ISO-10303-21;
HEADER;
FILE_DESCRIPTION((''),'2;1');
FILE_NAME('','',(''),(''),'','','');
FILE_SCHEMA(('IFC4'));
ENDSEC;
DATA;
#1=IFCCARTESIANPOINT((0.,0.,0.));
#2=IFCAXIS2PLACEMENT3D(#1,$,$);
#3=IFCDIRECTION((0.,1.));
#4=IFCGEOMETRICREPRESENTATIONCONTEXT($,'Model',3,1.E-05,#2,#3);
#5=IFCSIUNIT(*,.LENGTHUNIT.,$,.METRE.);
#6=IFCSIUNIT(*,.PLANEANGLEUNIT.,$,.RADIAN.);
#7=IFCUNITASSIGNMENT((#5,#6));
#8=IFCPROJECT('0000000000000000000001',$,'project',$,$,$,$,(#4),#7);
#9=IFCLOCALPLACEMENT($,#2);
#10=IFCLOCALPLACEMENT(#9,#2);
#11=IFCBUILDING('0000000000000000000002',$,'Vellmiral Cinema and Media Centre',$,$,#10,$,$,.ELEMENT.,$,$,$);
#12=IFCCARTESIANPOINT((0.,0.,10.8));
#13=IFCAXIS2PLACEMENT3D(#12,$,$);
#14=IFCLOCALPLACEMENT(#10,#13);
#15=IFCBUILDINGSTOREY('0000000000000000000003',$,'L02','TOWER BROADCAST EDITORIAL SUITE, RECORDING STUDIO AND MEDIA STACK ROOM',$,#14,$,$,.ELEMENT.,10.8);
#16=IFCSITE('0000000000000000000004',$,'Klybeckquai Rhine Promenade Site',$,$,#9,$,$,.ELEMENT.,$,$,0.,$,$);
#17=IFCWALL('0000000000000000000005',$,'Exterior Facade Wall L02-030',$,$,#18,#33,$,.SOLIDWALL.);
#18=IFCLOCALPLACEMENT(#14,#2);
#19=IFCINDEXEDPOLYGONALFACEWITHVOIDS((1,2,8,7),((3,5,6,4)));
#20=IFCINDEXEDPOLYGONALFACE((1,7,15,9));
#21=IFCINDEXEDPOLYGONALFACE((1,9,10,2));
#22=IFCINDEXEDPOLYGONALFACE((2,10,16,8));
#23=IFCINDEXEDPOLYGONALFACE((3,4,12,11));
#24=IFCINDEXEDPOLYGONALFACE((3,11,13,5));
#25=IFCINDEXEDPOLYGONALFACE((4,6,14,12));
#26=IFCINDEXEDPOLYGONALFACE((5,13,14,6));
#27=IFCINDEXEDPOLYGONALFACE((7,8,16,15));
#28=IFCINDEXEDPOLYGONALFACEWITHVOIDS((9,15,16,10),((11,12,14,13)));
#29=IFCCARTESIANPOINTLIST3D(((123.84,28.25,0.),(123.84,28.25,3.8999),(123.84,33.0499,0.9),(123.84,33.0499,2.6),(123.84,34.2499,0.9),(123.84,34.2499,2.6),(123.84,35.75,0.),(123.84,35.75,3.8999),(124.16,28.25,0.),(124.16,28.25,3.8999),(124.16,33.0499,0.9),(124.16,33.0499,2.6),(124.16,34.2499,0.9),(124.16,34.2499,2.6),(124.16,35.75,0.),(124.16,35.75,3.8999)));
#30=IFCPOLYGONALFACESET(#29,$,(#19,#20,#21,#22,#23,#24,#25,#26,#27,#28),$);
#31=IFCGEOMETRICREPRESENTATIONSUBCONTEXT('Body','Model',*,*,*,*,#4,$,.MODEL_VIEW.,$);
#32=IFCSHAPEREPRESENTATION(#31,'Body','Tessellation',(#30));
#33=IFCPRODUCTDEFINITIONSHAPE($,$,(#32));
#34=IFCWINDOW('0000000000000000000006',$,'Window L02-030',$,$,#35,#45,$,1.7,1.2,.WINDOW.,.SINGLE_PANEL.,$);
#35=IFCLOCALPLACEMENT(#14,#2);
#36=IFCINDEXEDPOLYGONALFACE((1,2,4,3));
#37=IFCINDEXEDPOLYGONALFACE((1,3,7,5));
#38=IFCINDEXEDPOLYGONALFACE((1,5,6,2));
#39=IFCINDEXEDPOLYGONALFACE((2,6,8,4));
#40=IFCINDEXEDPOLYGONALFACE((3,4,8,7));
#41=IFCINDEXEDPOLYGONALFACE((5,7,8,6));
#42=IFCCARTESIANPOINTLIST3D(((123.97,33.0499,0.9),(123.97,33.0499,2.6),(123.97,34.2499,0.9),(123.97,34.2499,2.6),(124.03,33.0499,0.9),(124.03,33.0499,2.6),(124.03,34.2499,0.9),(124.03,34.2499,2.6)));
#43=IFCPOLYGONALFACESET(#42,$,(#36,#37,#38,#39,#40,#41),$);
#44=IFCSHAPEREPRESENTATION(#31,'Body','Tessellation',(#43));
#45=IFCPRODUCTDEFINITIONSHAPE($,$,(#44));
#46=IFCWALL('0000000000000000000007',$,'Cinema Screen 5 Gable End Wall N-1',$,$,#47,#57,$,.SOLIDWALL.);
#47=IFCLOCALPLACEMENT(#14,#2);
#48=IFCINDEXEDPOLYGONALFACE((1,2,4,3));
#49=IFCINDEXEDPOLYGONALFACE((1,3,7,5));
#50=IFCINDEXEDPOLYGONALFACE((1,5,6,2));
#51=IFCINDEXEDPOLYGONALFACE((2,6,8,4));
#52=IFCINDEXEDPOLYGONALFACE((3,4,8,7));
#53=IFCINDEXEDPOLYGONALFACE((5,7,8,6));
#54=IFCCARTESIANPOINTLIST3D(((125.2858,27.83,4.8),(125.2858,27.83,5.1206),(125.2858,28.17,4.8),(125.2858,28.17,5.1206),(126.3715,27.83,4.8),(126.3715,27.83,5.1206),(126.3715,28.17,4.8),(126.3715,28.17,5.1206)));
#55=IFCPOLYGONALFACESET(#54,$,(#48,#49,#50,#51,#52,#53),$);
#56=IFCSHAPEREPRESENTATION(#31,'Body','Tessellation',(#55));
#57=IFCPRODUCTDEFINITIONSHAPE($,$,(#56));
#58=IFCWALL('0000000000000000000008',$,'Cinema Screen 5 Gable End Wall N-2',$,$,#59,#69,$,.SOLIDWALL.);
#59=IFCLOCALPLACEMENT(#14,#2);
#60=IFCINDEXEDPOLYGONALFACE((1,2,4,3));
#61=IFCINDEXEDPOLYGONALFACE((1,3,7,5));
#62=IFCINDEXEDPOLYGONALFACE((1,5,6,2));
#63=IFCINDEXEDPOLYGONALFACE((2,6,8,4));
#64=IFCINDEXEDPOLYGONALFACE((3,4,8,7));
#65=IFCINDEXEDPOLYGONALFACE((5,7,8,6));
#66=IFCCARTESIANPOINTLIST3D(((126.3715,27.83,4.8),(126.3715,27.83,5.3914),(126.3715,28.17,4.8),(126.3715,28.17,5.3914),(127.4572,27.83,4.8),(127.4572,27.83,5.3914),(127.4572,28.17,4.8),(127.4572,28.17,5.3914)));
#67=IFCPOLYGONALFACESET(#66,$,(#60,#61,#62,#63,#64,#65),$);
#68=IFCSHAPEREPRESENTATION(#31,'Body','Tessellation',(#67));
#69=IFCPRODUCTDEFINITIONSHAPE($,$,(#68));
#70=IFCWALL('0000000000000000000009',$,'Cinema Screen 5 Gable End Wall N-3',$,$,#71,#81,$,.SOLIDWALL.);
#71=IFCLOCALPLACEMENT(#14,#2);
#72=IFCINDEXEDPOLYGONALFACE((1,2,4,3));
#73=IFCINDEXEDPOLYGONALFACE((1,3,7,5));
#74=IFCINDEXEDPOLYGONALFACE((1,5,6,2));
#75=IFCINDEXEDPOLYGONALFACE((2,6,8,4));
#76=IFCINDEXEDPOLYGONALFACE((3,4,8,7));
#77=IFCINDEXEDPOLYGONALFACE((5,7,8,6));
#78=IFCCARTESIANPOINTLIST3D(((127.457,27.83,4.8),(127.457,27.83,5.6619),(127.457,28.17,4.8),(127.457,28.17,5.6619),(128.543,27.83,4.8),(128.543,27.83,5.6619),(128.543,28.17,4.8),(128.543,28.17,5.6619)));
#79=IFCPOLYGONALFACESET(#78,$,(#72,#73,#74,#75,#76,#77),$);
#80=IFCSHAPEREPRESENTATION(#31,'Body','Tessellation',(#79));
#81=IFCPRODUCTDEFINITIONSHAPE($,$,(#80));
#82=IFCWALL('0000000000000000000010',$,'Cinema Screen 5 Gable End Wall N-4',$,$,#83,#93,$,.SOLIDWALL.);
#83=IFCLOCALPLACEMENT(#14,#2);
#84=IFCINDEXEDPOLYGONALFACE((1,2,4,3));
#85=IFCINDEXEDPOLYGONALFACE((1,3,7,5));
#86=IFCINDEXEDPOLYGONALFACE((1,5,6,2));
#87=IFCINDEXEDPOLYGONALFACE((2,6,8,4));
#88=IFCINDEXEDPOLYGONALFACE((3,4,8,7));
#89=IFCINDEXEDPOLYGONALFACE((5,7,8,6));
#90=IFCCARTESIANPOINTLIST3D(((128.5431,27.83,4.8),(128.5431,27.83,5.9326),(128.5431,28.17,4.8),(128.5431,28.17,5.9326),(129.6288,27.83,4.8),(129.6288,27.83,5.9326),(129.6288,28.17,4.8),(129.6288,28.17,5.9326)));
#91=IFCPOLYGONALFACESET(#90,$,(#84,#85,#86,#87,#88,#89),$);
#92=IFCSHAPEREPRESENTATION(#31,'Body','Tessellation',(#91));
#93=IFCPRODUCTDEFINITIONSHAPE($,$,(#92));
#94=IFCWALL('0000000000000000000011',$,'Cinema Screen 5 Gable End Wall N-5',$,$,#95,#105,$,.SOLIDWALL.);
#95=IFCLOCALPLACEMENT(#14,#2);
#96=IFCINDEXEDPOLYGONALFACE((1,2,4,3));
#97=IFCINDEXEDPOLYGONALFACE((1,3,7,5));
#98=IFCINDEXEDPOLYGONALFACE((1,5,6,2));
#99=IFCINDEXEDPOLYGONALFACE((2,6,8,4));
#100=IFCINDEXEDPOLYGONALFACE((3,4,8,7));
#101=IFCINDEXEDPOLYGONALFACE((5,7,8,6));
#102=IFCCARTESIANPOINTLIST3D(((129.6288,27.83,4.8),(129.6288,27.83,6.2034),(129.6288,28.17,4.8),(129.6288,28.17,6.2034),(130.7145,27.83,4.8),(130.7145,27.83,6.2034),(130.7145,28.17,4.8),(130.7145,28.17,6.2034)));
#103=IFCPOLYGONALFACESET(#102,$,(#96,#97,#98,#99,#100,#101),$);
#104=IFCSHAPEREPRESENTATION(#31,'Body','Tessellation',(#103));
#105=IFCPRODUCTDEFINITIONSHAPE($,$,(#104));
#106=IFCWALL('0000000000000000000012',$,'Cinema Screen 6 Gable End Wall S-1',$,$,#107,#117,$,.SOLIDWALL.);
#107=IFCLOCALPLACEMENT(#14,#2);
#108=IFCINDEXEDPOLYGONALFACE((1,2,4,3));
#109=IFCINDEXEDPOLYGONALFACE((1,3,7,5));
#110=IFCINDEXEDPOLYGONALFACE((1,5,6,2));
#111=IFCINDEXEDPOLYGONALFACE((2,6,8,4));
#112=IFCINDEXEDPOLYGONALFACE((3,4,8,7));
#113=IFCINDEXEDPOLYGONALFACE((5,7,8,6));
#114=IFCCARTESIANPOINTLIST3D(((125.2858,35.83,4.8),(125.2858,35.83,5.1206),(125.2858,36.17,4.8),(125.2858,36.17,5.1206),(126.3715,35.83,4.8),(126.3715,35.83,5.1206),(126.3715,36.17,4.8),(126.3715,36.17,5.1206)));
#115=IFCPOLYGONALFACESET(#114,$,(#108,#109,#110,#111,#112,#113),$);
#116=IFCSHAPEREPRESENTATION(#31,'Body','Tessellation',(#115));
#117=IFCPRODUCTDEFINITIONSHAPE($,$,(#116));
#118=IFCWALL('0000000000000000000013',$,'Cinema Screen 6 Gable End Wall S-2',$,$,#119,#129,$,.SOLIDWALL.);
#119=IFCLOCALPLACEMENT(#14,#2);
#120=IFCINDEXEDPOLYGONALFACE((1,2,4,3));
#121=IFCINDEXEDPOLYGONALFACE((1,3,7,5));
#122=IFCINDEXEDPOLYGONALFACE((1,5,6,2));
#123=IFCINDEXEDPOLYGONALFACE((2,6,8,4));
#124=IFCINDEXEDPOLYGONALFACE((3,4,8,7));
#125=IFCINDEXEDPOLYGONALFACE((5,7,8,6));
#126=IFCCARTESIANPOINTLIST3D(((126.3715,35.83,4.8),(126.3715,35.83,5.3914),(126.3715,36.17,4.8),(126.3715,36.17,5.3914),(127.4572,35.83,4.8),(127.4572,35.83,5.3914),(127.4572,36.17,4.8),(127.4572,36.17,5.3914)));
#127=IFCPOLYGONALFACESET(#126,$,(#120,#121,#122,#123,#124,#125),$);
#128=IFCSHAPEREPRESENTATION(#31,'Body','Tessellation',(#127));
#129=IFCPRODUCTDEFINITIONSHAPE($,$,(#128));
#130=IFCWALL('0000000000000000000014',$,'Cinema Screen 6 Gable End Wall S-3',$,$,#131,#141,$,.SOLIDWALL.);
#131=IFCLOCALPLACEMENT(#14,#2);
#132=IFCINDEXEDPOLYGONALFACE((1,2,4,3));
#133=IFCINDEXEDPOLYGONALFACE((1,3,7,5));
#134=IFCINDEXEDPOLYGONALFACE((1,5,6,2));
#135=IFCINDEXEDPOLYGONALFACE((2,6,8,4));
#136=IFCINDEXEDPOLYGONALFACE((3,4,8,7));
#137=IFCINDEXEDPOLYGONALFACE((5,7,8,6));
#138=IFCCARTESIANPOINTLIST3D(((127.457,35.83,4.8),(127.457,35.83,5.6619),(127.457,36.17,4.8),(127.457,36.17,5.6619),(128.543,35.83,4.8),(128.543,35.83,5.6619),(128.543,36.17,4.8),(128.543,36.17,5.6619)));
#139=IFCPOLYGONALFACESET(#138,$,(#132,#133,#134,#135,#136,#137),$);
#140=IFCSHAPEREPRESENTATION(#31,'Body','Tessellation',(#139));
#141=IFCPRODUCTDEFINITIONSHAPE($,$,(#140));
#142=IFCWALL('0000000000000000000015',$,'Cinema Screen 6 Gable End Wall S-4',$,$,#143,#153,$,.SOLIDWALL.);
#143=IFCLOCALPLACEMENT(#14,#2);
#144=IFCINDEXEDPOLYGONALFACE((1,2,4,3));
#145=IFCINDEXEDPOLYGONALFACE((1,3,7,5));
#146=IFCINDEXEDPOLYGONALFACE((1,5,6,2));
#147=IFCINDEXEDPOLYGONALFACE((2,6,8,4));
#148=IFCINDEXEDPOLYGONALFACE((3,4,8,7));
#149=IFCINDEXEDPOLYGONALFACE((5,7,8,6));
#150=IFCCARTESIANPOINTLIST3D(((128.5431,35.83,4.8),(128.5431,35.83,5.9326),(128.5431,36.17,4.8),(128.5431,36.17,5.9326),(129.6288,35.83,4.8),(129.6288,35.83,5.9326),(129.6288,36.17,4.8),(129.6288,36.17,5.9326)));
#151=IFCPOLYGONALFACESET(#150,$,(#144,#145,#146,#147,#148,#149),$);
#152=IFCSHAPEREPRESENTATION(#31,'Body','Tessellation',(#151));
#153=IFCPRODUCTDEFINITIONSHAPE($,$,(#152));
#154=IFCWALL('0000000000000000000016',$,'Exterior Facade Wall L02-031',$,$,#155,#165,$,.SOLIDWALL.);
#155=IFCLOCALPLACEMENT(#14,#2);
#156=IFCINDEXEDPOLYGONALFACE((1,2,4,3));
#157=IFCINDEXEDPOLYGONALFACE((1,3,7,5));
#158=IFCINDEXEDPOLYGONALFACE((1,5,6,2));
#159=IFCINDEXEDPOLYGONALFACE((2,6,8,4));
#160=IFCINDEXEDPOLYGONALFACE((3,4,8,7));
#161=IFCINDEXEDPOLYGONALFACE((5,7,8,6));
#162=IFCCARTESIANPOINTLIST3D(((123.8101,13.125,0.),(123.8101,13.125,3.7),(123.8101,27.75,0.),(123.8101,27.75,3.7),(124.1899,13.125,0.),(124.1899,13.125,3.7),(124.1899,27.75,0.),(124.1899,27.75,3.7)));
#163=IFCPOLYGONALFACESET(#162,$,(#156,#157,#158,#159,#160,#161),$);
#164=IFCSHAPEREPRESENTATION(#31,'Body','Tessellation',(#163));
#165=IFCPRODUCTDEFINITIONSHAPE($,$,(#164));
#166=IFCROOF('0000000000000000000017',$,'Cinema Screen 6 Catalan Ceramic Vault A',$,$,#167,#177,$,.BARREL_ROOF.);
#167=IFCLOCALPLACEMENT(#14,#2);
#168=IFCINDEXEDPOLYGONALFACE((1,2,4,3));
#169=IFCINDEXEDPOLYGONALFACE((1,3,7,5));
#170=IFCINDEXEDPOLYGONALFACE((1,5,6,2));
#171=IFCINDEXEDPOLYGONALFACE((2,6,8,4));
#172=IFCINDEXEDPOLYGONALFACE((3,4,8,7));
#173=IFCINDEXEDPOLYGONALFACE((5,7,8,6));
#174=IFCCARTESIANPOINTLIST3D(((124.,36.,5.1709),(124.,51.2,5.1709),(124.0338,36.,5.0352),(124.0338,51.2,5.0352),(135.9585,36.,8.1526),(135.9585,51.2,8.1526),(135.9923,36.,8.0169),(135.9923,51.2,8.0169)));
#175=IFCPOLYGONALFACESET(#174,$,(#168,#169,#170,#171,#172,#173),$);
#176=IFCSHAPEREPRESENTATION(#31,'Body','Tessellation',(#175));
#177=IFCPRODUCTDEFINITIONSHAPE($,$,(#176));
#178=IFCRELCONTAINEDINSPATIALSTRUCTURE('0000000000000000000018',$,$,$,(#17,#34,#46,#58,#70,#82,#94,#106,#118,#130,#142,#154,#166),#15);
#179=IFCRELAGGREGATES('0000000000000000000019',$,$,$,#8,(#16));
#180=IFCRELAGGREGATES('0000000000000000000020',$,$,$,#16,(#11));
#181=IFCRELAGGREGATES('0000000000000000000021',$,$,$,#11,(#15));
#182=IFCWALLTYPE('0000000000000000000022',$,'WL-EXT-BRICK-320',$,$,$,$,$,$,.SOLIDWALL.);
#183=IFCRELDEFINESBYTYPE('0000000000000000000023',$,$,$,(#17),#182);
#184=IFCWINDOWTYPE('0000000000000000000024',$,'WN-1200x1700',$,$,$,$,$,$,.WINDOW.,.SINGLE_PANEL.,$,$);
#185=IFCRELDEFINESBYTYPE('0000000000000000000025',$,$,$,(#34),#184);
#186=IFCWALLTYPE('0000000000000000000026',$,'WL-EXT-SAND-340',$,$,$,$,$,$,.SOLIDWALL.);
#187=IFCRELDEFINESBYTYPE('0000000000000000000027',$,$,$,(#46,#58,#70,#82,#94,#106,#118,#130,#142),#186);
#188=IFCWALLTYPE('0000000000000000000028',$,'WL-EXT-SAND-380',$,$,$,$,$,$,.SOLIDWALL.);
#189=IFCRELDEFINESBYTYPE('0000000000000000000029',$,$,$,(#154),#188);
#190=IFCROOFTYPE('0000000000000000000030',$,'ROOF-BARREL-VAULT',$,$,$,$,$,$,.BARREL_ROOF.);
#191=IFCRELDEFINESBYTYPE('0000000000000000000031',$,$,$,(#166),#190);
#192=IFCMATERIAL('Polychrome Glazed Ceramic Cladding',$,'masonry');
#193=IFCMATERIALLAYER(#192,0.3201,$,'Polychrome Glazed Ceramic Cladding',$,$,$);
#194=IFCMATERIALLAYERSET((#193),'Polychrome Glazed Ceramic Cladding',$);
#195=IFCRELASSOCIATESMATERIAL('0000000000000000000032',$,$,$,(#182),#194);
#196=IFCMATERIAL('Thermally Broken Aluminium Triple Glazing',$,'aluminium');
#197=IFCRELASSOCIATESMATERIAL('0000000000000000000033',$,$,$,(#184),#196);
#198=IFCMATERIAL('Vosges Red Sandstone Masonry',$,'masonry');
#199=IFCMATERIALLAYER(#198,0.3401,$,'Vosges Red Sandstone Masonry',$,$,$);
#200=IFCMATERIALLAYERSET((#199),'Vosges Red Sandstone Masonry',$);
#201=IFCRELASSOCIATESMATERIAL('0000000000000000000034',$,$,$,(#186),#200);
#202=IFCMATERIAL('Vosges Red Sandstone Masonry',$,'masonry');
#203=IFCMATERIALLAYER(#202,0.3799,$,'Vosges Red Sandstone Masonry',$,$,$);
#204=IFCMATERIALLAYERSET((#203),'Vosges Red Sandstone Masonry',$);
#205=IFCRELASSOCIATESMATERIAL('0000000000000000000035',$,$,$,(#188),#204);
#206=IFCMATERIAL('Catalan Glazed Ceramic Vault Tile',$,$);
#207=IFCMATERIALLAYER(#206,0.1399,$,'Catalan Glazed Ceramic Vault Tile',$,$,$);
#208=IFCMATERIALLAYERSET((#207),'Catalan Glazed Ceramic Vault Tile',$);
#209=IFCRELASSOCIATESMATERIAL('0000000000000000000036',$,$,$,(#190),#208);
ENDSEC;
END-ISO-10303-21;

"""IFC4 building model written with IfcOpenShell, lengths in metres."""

from ifc_helpers import new_model, si_unit, direction, frame, frame_2d, origin, place, context, subcontext, project, spatial, polyline, rectangle, outline, extrude, material, layer, layer_set, type_object, element, fill, save


model = new_model("IFC4")

# Units and contexts
model_context = context("Model", 3, precision=1e-05, world=origin(), true_north=direction((0.0, 1.0)))
body_context = subcontext(model_context, "Body", "Model", "MODEL_VIEW")
ifc_project = project(units=[si_unit("LENGTHUNIT", "METRE"), si_unit("PLANEANGLEUNIT", "RADIAN")], contexts=[model_context])

# Site, building, storey
site_placement = place(None, origin())
site = spatial("IfcSite", under=ifc_project, at=site_placement, Name="Klybeckquai Rhine Promenade Site", CompositionType="ELEMENT", RefElevation=0.0)
building_placement = place(site_placement, origin())
building = spatial("IfcBuilding", under=site, at=building_placement, Name="Vellmiral Cinema and Media Centre", CompositionType="ELEMENT")
storey_placement = place(building_placement, frame((0.0, 0.0, 10.8)))
storey = spatial("IfcBuildingStorey", under=building, at=storey_placement, Name="L02", Description="TOWER BROADCAST EDITORIAL SUITE, RECORDING STUDIO AND MEDIA STACK ROOM", CompositionType="ELEMENT", Elevation=10.8)

# Wall, opening, window
ifc_material_1 = material(Name="Polychrome Glazed Ceramic Cladding", Category="masonry")
ifc_layer_1 = layer(ifc_material_1, 0.3201, Name="Polychrome Glazed Ceramic Cladding")
ifc_layer_set_1 = layer_set([ifc_layer_1], Name="Polychrome Glazed Ceramic Cladding")
wall_type_1 = type_object("IfcWallType", Name="WL-EXT-BRICK-320", PredefinedType="SOLIDWALL", material=ifc_layer_set_1)
wall_1_placement = place(storey_placement, frame((124.0, 35.75, 0.0), z_axis=(0.0, 0.0, 1.0), x_axis=(0.0, -1.0, 0.0)))
wall_1 = element("IfcWall", 1, at=wall_1_placement, inside=storey, type_object=wall_type_1, Name="Exterior Facade Wall L02-030", PredefinedType="SOLIDWALL", context=body_context, shape_type="SweptSolid", body=[
    extrude(rectangle(XDim=7.5, YDim=0.3201, at=frame_2d((3.75, 0.0))), origin(), (0.0, 0.0, 1.0), 3.8999),
])
opening_placement = place(wall_1_placement, frame((1.5, 0.0, 0.8999)))
opening = element("IfcOpeningElement", 2, at=opening_placement, cuts=wall_1, PredefinedType="OPENING", context=body_context, shape_type="SweptSolid", body=[
    extrude(rectangle(XDim=1.2, YDim=1.7, at=frame_2d((0.6001, 0.8501))), frame((0.0, 0.1719, 0.0), z_axis=(0.0, -1.0, 0.0), x_axis=(1.0, 0.0, 0.0)), (0.0, 0.0, 1.0), 0.344),
])
ifc_material_2 = material(Name="Thermally Broken Aluminium Triple Glazing", Category="aluminium")
window_type = type_object("IfcWindowType", Name="WN-1200x1700", PartitioningType="SINGLE_PANEL", PredefinedType="WINDOW", material=ifc_material_2)
window_placement = place(opening_placement, origin())
window = element("IfcWindow", 3, at=window_placement, inside=storey, type_object=window_type, Name="Window L02-030", OverallHeight=1.7, OverallWidth=1.2, PartitioningType="SINGLE_PANEL", PredefinedType="WINDOW", context=body_context, shape_type="SweptSolid", body=[
    extrude(rectangle(XDim=1.2, YDim=1.7, at=frame_2d((0.6001, 0.8501))), frame((0.0, 0.03, 0.0), z_axis=(0.0, -1.0, 0.0), x_axis=(1.0, 0.0, 0.0)), (0.0, 0.0, 1.0), 0.0601),
])
fill(opening, window)

# Walls
ifc_material_3 = material(Name="Vosges Red Sandstone Masonry", Category="masonry")
ifc_layer_2 = layer(ifc_material_3, 0.3401, Name="Vosges Red Sandstone Masonry")
ifc_layer_set_2 = layer_set([ifc_layer_2], Name="Vosges Red Sandstone Masonry")
wall_type_2 = type_object("IfcWallType", Name="WL-EXT-SAND-340", PredefinedType="SOLIDWALL", material=ifc_layer_set_2)
wall_2_placement = place(storey_placement, frame((125.2856, 28.0, 4.8), z_axis=(0.0, 0.0, 1.0), x_axis=(1.0, 0.0, 0.0)))
element("IfcWall", 4, at=wall_2_placement, inside=storey, type_object=wall_type_2, Name="Cinema Screen 5 Gable End Wall N-1", PredefinedType="SOLIDWALL", context=body_context, shape_type="SweptSolid", body=[
    extrude(rectangle(XDim=1.0857, YDim=0.3401, at=frame_2d((0.543, 0.0))), origin(), (0.0, 0.0, 1.0), 0.3206),
])
wall_3_placement = place(storey_placement, frame((126.3713, 28.0, 4.8), z_axis=(0.0, 0.0, 1.0), x_axis=(1.0, 0.0, 0.0)))
element("IfcWall", 5, at=wall_3_placement, inside=storey, type_object=wall_type_2, Name="Cinema Screen 5 Gable End Wall N-2", PredefinedType="SOLIDWALL", context=body_context, shape_type="SweptSolid", body=[
    extrude(rectangle(XDim=1.0857, YDim=0.3401, at=frame_2d((0.543, 0.0))), origin(), (0.0, 0.0, 1.0), 0.5913),
])
wall_4_placement = place(storey_placement, frame((127.457, 28.0, 4.8), z_axis=(0.0, 0.0, 1.0), x_axis=(1.0, 0.0, 0.0)))
element("IfcWall", 6, at=wall_4_placement, inside=storey, type_object=wall_type_2, Name="Cinema Screen 5 Gable End Wall N-3", PredefinedType="SOLIDWALL", context=body_context, shape_type="SweptSolid", body=[
    extrude(rectangle(XDim=1.0859, YDim=0.3401, at=frame_2d((0.543, 0.0))), origin(), (0.0, 0.0, 1.0), 0.8618),
])
wall_5_placement = place(storey_placement, frame((128.543, 28.0, 4.8), z_axis=(0.0, 0.0, 1.0), x_axis=(1.0, 0.0, 0.0)))
element("IfcWall", 7, at=wall_5_placement, inside=storey, type_object=wall_type_2, Name="Cinema Screen 5 Gable End Wall N-4", PredefinedType="SOLIDWALL", context=body_context, shape_type="SweptSolid", body=[
    extrude(rectangle(XDim=1.0857, YDim=0.3401, at=frame_2d((0.543, 0.0))), origin(), (0.0, 0.0, 1.0), 1.1326),
])
wall_6_placement = place(storey_placement, frame((129.6287, 28.0, 4.8), z_axis=(0.0, 0.0, 1.0), x_axis=(1.0, 0.0, 0.0)))
element("IfcWall", 8, at=wall_6_placement, inside=storey, type_object=wall_type_2, Name="Cinema Screen 5 Gable End Wall N-5", PredefinedType="SOLIDWALL", context=body_context, shape_type="SweptSolid", body=[
    extrude(rectangle(XDim=1.0857, YDim=0.3401, at=frame_2d((0.543, 0.0))), origin(), (0.0, 0.0, 1.0), 1.4033),
])
wall_7_placement = place(storey_placement, frame((125.2856, 36.0, 4.8), z_axis=(0.0, 0.0, 1.0), x_axis=(1.0, 0.0, 0.0)))
element("IfcWall", 9, at=wall_7_placement, inside=storey, type_object=wall_type_2, Name="Cinema Screen 6 Gable End Wall S-1", PredefinedType="SOLIDWALL", context=body_context, shape_type="SweptSolid", body=[
    extrude(rectangle(XDim=1.0857, YDim=0.3401, at=frame_2d((0.543, 0.0))), origin(), (0.0, 0.0, 1.0), 0.3206),
])
wall_8_placement = place(storey_placement, frame((126.3713, 36.0, 4.8), z_axis=(0.0, 0.0, 1.0), x_axis=(1.0, 0.0, 0.0)))
element("IfcWall", 10, at=wall_8_placement, inside=storey, type_object=wall_type_2, Name="Cinema Screen 6 Gable End Wall S-2", PredefinedType="SOLIDWALL", context=body_context, shape_type="SweptSolid", body=[
    extrude(rectangle(XDim=1.0857, YDim=0.3401, at=frame_2d((0.543, 0.0))), origin(), (0.0, 0.0, 1.0), 0.5913),
])
wall_9_placement = place(storey_placement, frame((127.457, 36.0, 4.8), z_axis=(0.0, 0.0, 1.0), x_axis=(1.0, 0.0, 0.0)))
element("IfcWall", 11, at=wall_9_placement, inside=storey, type_object=wall_type_2, Name="Cinema Screen 6 Gable End Wall S-3", PredefinedType="SOLIDWALL", context=body_context, shape_type="SweptSolid", body=[
    extrude(rectangle(XDim=1.0859, YDim=0.3401, at=frame_2d((0.543, 0.0))), origin(), (0.0, 0.0, 1.0), 0.8618),
])
wall_10_placement = place(storey_placement, frame((128.543, 36.0, 4.8), z_axis=(0.0, 0.0, 1.0), x_axis=(1.0, 0.0, 0.0)))
element("IfcWall", 12, at=wall_10_placement, inside=storey, type_object=wall_type_2, Name="Cinema Screen 6 Gable End Wall S-4", PredefinedType="SOLIDWALL", context=body_context, shape_type="SweptSolid", body=[
    extrude(rectangle(XDim=1.0857, YDim=0.3401, at=frame_2d((0.543, 0.0))), origin(), (0.0, 0.0, 1.0), 1.1326),
])
ifc_material_4 = material(Name="Vosges Red Sandstone Masonry", Category="masonry")
ifc_layer_3 = layer(ifc_material_4, 0.3799, Name="Vosges Red Sandstone Masonry")
ifc_layer_set_3 = layer_set([ifc_layer_3], Name="Vosges Red Sandstone Masonry")
wall_type_3 = type_object("IfcWallType", Name="WL-EXT-SAND-380", PredefinedType="SOLIDWALL", material=ifc_layer_set_3)
wall_11_placement = place(storey_placement, frame((124.0, 27.75, 0.0), z_axis=(0.0, 0.0, 1.0), x_axis=(0.0, -1.0, 0.0)))
element("IfcWall", 13, at=wall_11_placement, inside=storey, type_object=wall_type_3, Name="Exterior Facade Wall L02-031", PredefinedType="SOLIDWALL", context=body_context, shape_type="SweptSolid", body=[
    extrude(rectangle(XDim=14.625, YDim=0.3799, at=frame_2d((7.3125, 0.0))), origin(), (0.0, 0.0, 1.0), 3.7),
])

# Roof
ifc_material_5 = material(Name="Catalan Glazed Ceramic Vault Tile")
ifc_layer_4 = layer(ifc_material_5, 0.1399, Name="Catalan Glazed Ceramic Vault Tile")
ifc_layer_set_4 = layer_set([ifc_layer_4], Name="Catalan Glazed Ceramic Vault Tile")
roof_type = type_object("IfcRoofType", Name="ROOF-BARREL-VAULT", PredefinedType="BARREL_ROOF", material=ifc_layer_set_4)
roof_placement = place(storey_placement, frame((124.0, 36.0, 5.1709), z_axis=(-0.24193, 0.0, 0.970294), x_axis=(0.970294, 0.0, 0.24193)))
element("IfcRoof", 14, at=roof_placement, inside=storey, type_object=roof_type, Name="Cinema Screen 6 Catalan Ceramic Vault A", PredefinedType="BARREL_ROOF", context=body_context, shape_type="SweptSolid", body=[
    extrude(outline(polyline([(0.0, 0.0), (12.3246, 0.0), (12.3246, 15.2), (0.0, 15.2), (0.0, 0.0)])), origin(), (0.0, 0.0, -1.0), 0.1399),
])

save(model, "model.ifc")
